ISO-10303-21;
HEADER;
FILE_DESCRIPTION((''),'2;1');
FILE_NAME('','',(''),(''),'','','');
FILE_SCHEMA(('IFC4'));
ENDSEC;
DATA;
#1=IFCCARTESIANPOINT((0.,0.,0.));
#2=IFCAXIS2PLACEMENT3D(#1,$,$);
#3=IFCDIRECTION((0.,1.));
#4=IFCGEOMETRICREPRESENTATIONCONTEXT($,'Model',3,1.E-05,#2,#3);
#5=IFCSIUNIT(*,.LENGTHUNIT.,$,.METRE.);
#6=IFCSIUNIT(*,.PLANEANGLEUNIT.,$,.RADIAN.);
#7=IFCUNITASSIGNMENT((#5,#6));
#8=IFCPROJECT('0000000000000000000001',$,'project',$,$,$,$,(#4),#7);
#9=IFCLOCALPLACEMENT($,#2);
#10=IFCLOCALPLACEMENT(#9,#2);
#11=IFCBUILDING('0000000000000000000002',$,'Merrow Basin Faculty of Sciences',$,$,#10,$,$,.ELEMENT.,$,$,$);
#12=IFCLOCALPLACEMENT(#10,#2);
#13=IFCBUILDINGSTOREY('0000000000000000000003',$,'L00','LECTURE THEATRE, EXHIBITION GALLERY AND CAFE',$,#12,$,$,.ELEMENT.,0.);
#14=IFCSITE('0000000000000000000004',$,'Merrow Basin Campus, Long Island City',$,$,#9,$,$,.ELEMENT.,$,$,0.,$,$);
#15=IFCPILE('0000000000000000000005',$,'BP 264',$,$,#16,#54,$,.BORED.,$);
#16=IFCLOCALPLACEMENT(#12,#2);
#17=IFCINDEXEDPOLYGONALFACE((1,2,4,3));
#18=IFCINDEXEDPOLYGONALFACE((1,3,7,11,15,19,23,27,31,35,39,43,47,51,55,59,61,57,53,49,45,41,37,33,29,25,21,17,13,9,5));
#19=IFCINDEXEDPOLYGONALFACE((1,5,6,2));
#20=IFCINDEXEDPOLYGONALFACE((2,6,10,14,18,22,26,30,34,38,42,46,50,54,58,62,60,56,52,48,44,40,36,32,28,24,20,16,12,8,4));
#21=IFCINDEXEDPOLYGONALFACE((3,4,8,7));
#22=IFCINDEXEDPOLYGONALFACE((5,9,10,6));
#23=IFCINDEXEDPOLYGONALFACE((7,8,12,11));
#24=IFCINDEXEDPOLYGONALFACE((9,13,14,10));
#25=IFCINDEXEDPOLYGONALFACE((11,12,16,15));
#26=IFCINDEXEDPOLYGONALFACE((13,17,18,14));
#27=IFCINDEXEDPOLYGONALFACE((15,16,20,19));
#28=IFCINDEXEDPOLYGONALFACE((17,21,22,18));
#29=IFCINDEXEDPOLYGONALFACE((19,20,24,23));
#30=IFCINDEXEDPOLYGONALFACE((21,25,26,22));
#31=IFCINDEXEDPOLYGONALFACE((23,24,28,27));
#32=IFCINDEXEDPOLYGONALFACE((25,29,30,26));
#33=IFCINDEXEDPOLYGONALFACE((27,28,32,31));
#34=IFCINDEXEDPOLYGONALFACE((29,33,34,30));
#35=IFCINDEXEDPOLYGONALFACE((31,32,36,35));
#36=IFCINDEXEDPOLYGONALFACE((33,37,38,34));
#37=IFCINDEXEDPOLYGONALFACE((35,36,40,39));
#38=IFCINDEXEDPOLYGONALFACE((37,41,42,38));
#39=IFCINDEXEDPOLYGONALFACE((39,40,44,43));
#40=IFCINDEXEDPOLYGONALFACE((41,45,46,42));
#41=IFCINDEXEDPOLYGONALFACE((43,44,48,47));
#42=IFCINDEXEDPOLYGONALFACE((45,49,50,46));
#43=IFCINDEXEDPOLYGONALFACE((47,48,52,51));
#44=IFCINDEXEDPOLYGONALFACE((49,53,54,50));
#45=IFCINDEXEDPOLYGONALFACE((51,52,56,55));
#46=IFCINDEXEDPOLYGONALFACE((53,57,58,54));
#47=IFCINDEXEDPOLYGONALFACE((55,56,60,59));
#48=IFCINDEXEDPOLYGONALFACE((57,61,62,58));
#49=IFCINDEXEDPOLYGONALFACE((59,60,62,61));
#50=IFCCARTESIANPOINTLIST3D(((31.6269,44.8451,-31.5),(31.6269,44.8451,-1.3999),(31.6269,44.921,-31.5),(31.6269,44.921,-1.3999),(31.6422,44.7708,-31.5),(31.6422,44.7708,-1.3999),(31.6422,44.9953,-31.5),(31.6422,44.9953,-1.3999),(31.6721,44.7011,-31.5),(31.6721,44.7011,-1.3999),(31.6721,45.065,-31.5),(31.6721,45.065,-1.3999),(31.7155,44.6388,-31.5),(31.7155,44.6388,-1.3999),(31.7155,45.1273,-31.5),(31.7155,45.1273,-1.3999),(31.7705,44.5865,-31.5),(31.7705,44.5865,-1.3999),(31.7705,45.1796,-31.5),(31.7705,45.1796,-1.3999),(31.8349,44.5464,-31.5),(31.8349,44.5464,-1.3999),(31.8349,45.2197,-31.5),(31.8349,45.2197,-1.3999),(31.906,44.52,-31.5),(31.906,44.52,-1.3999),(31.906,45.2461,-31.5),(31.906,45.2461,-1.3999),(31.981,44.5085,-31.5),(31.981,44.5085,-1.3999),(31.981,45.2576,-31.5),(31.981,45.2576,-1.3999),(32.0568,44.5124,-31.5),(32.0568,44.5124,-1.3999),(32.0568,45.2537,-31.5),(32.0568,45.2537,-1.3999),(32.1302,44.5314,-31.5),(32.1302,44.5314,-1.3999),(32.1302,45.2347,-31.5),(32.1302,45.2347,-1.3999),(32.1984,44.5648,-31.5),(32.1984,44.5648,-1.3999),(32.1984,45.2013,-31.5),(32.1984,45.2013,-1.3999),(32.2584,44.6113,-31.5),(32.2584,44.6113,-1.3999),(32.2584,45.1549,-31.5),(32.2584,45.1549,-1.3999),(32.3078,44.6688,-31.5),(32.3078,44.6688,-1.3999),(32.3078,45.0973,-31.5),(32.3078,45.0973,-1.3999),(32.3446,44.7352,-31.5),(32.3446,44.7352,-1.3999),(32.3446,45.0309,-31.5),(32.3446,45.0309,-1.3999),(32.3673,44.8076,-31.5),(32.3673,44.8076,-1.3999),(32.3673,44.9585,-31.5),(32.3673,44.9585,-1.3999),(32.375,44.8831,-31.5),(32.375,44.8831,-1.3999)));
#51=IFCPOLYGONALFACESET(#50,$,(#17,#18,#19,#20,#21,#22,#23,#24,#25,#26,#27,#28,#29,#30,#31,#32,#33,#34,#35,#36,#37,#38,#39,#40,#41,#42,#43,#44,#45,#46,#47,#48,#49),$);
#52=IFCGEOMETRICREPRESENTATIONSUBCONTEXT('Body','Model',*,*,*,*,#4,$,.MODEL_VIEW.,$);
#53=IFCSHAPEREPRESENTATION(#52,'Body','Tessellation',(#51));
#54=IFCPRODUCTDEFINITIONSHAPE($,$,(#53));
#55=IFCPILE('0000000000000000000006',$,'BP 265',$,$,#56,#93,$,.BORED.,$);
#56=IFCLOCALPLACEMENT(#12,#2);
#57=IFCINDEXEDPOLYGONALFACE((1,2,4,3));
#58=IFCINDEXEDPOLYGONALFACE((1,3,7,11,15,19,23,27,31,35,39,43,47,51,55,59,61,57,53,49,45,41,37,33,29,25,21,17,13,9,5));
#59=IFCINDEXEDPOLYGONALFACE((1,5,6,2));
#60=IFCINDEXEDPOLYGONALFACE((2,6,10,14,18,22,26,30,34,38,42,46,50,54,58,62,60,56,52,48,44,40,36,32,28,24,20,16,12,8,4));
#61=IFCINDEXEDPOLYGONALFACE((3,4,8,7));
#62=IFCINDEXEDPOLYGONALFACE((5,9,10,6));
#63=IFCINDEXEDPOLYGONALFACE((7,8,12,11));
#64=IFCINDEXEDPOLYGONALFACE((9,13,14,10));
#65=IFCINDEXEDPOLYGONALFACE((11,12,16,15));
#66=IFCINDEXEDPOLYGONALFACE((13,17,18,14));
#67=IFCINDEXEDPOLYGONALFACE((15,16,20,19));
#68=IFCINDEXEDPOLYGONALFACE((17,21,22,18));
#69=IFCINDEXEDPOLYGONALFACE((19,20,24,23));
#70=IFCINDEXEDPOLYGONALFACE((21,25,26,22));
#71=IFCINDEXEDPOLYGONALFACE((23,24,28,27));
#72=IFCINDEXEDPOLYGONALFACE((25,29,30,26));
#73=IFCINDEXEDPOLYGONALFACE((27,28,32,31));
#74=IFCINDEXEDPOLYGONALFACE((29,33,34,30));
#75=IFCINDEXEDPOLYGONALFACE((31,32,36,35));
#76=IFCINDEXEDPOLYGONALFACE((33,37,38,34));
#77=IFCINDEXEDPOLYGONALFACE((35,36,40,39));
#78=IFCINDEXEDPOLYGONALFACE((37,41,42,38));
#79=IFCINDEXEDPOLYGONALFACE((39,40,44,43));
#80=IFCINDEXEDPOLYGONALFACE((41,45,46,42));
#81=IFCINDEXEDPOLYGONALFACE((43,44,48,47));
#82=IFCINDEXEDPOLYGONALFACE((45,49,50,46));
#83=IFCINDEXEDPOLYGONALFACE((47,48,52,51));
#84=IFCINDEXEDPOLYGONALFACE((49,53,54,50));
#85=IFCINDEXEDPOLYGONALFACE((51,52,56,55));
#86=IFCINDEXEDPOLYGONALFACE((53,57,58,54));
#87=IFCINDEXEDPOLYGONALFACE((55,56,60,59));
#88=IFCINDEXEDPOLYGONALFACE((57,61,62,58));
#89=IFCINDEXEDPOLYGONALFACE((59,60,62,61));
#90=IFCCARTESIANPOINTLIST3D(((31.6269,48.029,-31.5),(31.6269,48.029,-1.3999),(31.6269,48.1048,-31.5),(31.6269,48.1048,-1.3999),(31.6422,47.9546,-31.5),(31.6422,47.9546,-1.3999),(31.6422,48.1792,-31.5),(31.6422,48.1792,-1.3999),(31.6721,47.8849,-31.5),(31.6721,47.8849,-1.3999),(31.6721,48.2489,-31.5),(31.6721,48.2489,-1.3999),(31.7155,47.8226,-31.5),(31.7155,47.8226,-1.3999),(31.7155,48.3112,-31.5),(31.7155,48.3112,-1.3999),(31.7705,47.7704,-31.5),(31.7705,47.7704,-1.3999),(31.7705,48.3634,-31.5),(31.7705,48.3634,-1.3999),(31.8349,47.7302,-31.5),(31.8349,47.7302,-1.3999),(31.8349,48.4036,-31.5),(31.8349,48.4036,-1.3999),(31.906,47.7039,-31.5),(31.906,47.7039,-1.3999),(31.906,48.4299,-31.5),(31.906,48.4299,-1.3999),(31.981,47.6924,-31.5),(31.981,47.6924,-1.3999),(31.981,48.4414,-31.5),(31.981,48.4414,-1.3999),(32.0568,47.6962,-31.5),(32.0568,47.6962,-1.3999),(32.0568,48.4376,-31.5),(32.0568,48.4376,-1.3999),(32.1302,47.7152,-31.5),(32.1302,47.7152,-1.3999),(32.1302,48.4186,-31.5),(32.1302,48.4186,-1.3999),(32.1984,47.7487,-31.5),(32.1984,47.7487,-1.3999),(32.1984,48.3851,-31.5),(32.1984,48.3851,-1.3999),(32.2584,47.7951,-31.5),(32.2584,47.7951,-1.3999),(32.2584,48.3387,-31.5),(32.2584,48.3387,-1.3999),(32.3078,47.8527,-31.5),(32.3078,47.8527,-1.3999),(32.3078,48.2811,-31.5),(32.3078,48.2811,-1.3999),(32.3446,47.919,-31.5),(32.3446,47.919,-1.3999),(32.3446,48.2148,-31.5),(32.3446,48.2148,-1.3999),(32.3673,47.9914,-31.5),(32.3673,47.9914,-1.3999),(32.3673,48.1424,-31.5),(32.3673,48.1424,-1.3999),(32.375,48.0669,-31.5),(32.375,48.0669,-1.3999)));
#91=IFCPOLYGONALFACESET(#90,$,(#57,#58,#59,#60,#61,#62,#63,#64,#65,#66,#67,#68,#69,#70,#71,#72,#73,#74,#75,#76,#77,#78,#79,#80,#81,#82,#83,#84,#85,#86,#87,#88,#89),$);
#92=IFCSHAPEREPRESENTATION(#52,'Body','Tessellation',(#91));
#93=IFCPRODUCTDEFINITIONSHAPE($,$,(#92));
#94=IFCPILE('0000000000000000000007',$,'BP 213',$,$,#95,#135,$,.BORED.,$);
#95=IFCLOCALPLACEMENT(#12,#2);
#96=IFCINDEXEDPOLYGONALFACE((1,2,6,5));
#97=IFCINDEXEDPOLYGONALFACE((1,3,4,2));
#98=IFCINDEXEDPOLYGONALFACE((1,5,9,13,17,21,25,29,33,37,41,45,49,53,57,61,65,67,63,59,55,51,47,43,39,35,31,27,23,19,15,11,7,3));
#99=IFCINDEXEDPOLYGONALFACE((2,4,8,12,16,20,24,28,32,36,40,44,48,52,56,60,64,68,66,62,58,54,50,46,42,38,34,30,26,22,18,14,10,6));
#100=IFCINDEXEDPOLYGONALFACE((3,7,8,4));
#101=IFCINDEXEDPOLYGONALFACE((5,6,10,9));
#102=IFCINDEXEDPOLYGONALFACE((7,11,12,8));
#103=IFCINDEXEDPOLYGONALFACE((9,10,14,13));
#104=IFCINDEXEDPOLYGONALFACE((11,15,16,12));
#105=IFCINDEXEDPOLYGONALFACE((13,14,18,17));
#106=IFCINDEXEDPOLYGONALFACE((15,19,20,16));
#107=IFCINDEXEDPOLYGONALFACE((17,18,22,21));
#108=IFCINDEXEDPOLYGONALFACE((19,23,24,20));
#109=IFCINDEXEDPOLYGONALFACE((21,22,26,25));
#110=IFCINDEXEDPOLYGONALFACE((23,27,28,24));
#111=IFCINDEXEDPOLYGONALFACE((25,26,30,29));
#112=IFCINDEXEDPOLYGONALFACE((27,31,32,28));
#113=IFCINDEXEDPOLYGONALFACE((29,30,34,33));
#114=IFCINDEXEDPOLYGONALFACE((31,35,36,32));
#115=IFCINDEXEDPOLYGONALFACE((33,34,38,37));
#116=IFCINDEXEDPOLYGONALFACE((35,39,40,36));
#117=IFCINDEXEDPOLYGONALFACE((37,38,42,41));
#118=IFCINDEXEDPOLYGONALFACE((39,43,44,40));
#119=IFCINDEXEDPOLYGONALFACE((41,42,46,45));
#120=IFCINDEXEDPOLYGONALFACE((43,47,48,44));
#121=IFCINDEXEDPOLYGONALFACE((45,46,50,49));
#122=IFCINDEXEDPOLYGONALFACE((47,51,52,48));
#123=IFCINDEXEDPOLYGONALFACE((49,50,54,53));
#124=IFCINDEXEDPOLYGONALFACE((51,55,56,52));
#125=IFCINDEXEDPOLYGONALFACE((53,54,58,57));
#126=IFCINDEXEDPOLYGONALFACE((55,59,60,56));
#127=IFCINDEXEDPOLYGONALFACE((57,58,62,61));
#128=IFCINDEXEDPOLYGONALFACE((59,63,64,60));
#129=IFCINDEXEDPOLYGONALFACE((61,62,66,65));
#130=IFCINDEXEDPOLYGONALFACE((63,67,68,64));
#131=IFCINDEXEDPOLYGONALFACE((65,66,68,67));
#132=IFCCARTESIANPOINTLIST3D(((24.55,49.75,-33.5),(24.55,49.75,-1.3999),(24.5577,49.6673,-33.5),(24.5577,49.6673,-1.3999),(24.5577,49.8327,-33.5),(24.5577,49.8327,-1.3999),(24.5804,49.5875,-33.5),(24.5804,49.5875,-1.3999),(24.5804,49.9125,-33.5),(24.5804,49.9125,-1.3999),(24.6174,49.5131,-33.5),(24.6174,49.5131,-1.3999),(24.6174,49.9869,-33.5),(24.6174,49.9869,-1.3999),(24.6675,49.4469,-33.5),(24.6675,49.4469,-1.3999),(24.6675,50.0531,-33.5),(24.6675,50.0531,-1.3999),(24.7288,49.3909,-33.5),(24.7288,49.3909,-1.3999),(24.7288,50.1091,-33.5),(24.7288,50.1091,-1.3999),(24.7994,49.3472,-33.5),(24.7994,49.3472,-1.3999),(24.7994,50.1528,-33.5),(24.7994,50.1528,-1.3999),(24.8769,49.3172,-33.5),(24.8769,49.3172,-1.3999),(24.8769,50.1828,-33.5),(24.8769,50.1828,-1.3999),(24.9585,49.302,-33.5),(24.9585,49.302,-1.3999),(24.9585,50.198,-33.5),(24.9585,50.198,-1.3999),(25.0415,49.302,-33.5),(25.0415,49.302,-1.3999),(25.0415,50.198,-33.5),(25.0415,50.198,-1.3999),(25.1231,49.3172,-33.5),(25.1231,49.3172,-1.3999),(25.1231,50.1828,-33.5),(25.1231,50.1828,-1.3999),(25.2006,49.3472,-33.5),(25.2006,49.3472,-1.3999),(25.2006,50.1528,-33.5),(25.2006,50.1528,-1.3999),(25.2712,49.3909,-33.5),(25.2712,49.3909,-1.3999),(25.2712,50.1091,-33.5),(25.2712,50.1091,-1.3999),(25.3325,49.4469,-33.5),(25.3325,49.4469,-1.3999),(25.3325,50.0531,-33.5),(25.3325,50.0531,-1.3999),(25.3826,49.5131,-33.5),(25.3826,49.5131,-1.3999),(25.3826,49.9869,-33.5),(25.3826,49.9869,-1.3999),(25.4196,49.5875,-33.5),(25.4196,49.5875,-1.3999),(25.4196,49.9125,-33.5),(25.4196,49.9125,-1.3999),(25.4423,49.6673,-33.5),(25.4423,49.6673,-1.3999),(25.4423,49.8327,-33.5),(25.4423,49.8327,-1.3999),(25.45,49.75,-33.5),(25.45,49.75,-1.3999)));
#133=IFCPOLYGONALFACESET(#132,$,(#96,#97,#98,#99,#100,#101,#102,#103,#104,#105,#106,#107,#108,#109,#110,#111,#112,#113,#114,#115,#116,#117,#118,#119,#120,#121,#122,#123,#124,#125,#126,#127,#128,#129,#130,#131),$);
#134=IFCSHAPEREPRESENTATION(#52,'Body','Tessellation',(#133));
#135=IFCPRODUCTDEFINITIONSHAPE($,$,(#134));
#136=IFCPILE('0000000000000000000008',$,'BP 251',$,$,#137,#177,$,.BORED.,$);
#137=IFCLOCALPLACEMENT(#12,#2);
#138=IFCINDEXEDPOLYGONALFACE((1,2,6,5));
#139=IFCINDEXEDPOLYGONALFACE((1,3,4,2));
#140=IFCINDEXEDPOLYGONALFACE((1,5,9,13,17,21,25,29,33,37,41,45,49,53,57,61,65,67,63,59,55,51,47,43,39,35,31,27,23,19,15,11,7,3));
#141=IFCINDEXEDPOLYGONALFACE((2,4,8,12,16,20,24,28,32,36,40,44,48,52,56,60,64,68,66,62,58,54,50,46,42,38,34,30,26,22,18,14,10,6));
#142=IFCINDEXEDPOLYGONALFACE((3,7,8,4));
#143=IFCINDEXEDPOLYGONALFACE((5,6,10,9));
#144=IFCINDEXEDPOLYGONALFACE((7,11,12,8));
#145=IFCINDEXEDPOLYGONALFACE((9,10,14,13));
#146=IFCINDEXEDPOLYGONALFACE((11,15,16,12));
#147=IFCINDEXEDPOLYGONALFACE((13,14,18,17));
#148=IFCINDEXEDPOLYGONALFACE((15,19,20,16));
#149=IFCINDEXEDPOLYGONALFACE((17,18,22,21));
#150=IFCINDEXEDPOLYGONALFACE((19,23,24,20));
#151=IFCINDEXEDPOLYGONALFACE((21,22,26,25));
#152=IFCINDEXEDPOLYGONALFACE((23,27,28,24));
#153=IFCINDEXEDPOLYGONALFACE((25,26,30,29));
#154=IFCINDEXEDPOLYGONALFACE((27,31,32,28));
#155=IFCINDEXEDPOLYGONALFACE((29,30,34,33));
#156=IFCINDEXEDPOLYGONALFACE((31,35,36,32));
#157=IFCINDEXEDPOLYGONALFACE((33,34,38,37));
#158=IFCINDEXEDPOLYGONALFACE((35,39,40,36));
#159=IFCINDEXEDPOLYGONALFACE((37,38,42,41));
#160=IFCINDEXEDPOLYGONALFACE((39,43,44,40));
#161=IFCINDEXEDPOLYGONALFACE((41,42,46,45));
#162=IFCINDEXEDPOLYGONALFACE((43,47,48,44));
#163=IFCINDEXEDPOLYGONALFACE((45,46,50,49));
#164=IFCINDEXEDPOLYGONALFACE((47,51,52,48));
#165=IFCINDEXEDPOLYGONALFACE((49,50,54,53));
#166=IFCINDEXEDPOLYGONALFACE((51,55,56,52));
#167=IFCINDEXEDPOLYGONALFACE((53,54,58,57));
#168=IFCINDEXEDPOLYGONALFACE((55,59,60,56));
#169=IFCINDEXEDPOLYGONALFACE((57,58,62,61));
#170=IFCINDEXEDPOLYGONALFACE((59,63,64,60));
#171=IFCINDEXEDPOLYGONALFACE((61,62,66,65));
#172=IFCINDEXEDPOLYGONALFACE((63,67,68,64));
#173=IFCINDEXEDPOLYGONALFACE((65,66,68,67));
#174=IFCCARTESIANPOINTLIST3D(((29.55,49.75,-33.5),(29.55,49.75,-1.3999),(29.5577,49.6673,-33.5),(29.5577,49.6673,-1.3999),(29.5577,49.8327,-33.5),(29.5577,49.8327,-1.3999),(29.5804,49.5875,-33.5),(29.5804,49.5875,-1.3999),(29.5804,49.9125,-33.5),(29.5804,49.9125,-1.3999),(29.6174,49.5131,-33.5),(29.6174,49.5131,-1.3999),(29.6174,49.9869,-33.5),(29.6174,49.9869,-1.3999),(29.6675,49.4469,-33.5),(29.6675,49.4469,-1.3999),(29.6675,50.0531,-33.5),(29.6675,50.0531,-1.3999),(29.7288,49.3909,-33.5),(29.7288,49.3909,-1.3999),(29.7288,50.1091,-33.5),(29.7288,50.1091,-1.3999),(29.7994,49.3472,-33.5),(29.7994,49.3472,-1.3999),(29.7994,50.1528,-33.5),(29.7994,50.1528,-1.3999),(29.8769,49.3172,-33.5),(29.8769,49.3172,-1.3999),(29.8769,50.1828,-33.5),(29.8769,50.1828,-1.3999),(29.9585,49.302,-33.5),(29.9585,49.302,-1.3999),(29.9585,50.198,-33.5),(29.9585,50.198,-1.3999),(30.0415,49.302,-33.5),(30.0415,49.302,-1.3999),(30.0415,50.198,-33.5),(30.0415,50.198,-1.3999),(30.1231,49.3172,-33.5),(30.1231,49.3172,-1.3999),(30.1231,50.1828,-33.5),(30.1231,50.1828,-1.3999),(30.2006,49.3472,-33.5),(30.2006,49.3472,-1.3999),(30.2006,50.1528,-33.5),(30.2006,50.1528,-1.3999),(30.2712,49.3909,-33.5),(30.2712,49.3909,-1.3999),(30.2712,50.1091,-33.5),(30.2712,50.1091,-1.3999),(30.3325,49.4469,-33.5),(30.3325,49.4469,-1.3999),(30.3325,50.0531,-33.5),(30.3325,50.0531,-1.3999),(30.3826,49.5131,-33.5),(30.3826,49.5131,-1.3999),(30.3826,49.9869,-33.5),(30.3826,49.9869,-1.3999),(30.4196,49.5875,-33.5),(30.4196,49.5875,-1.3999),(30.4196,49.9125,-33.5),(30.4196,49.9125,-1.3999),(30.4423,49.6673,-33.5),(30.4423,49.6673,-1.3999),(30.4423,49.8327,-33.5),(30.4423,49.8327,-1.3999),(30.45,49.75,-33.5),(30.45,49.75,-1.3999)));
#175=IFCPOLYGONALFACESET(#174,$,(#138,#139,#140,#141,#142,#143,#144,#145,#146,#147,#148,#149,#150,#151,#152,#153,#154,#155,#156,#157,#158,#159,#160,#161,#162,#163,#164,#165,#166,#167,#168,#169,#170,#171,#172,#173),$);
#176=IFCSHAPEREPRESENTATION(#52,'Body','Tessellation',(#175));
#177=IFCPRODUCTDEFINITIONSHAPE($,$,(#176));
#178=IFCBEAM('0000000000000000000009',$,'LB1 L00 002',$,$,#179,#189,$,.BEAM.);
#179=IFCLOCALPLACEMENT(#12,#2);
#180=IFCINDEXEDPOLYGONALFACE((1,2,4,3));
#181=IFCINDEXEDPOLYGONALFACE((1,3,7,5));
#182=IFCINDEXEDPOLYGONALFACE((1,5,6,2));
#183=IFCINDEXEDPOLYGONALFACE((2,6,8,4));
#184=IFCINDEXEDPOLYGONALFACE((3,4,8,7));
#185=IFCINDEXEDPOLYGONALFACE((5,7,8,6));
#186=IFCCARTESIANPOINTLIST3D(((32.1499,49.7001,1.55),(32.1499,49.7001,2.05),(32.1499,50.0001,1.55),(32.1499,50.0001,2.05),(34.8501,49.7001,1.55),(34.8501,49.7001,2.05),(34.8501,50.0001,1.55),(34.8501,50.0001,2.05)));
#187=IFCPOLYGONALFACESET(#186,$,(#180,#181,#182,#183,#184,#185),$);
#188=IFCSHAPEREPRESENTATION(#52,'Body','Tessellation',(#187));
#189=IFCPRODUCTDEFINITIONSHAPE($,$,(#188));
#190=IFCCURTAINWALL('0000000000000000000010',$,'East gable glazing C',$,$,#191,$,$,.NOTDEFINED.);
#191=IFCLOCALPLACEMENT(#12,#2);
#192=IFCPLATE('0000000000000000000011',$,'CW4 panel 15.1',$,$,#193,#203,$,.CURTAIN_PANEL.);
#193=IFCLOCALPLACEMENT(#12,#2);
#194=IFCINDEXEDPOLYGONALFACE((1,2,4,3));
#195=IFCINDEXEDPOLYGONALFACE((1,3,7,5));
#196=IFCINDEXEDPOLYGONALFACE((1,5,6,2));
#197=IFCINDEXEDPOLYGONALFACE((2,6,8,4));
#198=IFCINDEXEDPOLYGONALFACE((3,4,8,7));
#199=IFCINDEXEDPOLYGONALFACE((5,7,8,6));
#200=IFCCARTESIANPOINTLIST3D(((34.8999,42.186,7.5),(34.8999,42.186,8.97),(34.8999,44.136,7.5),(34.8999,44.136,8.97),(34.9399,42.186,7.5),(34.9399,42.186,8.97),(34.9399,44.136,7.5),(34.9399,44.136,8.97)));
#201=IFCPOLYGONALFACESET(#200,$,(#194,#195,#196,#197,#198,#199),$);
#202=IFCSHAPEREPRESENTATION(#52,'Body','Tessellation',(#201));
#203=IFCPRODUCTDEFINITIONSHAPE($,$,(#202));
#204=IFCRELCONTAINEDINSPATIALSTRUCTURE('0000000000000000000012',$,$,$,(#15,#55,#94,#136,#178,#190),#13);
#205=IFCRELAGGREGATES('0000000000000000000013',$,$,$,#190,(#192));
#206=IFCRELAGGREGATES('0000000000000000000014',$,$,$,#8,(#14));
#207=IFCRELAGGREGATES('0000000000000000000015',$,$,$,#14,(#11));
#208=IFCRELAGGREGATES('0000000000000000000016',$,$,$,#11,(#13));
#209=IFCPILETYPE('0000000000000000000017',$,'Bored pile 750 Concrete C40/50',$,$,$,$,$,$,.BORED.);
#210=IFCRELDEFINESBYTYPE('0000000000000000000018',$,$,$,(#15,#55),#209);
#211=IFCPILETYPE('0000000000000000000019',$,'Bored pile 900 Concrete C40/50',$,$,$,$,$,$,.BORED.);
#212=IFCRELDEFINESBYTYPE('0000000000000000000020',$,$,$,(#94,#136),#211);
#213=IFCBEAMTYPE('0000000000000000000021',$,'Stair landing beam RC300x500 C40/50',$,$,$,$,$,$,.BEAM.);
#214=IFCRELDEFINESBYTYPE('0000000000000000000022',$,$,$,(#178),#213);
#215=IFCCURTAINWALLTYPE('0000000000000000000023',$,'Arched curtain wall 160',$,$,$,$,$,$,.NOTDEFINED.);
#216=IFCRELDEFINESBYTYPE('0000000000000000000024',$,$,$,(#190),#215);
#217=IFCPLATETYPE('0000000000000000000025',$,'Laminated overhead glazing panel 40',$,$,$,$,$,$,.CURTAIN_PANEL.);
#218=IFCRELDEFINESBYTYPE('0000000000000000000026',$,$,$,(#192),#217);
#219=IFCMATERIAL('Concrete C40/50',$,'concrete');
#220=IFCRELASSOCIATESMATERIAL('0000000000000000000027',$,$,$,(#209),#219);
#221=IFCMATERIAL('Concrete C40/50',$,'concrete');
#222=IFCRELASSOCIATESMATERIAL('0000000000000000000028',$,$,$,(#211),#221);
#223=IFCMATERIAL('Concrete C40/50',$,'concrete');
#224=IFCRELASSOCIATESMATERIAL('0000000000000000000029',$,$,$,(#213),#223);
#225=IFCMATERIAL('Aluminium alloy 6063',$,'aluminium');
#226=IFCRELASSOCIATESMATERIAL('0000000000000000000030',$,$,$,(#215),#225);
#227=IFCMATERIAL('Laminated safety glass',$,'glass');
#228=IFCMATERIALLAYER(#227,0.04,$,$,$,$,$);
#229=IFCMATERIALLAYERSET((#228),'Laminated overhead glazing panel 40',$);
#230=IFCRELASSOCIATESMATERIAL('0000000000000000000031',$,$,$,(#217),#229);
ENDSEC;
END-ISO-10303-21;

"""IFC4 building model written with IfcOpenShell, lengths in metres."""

from ifc_helpers import new_model, si_unit, direction, frame, origin, origin_2d, place, context, subcontext, project, spatial, polyline, rectangle, circle, outline, extrude, material, layer, layer_set, material_profile, profile_set, type_object, element, aggregate, save


model = new_model("IFC4")

# Units and contexts
model_context = context("Model", 3, precision=1e-05, world=origin(), true_north=direction((0.0, 1.0)))
body_context = subcontext(model_context, "Body", "Model", "MODEL_VIEW")
ifc_project = project(units=[si_unit("LENGTHUNIT", "METRE"), si_unit("PLANEANGLEUNIT", "RADIAN")], contexts=[model_context])

# Site, building, storey
site_placement = place(None, origin())
site = spatial("IfcSite", under=ifc_project, at=site_placement, Name="Merrow Basin Campus, Long Island City", CompositionType="ELEMENT", RefElevation=0.0)
building_placement = place(site_placement, origin())
building = spatial("IfcBuilding", under=site, at=building_placement, Name="Merrow Basin Faculty of Sciences", CompositionType="ELEMENT")
storey_placement = place(building_placement, origin())
storey = spatial("IfcBuildingStorey", under=building, at=storey_placement, Name="L00", Description="LECTURE THEATRE, EXHIBITION GALLERY AND CAFE", CompositionType="ELEMENT", Elevation=0.0)

# Piles
ifc_material_1 = material(Name="Concrete C40/50", Category="concrete")
ifc_material_profile_1 = material_profile(ifc_material_1, circle(Radius=0.375, at=origin_2d()))
ifc_profile_set_1 = profile_set([ifc_material_profile_1], Name="Concrete C40/50")
pile_type_1 = type_object("IfcPileType", Name="Bored pile 750 Concrete C40/50", PredefinedType="BORED", material=ifc_profile_set_1)
for number, where, z_axis, x_axis, name in (
    (1, (32.0, 44.8831, -1.3999), (0.0, 0.0, -1.0), (1.0, 0.0, 0.0), "BP 264"),
    (2, (32.0, 48.0669, -1.3999), (0.0, 0.0, -1.0), (1.0, 0.0, 0.0), "BP 265"),
):
    element("IfcPile", number, at=place(storey_placement, frame(where, z_axis=z_axis, x_axis=x_axis)), inside=storey, type_object=pile_type_1, Name=name, PredefinedType="BORED", context=body_context, shape_type="SweptSolid", body=[
        extrude(circle(Radius=0.375, at=origin_2d()), origin(), (0.0, 0.0, 1.0), 30.1001),
    ])
ifc_material_2 = material(Name="Concrete C40/50", Category="concrete")
ifc_material_profile_2 = material_profile(ifc_material_2, circle(Radius=0.45, at=origin_2d()))
ifc_profile_set_2 = profile_set([ifc_material_profile_2], Name="Concrete C40/50")
pile_type_2 = type_object("IfcPileType", Name="Bored pile 900 Concrete C40/50", PredefinedType="BORED", material=ifc_profile_set_2)
for number, where, z_axis, x_axis, name in (
    (3, (25.0, 49.75, -1.3999), (0.0, 0.0, -1.0), (1.0, 0.0, 0.0), "BP 213"),
    (4, (30.0, 49.75, -1.3999), (0.0, 0.0, -1.0), (1.0, 0.0, 0.0), "BP 251"),
):
    element("IfcPile", number, at=place(storey_placement, frame(where, z_axis=z_axis, x_axis=x_axis)), inside=storey, type_object=pile_type_2, Name=name, PredefinedType="BORED", context=body_context, shape_type="SweptSolid", body=[
        extrude(circle(Radius=0.45, at=origin_2d()), origin(), (0.0, 0.0, 1.0), 32.1001),
    ])

# Beam
ifc_material_3 = material(Name="Concrete C40/50", Category="concrete")
ifc_material_profile_3 = material_profile(ifc_material_3, rectangle(XDim=0.3, YDim=0.5, at=origin_2d()))
ifc_profile_set_3 = profile_set([ifc_material_profile_3], Name="Concrete C40/50")
beam_type = type_object("IfcBeamType", Name="Stair landing beam RC300x500 C40/50", PredefinedType="BEAM", material=ifc_profile_set_3)
beam_placement = place(storey_placement, frame((32.1499, 49.8501, 1.8), z_axis=(1.0, 0.0, 0.0), x_axis=(0.0, 1.0, 0.0)))
element("IfcBeam", 5, at=beam_placement, inside=storey, type_object=beam_type, Name="LB1 L00 002", PredefinedType="BEAM", context=body_context, shape_type="SweptSolid", body=[
    extrude(rectangle(XDim=0.3, YDim=0.5, at=origin_2d()), origin(), (0.0, 0.0, 1.0), 2.7002),
])

# Curtain wall, plate
ifc_material_4 = material(Name="Aluminium alloy 6063", Category="aluminium")
curtain_wall_type = type_object("IfcCurtainWallType", Name="Arched curtain wall 160", PredefinedType="NOTDEFINED", material=ifc_material_4)
curtain_wall_placement = place(storey_placement, origin())
curtain_wall = element("IfcCurtainWall", 6, at=curtain_wall_placement, inside=storey, type_object=curtain_wall_type, Name="East gable glazing C", PredefinedType="NOTDEFINED")
ifc_material_5 = material(Name="Laminated safety glass", Category="glass")
ifc_layer_1 = layer(ifc_material_5, 0.04)
ifc_layer_set_1 = layer_set([ifc_layer_1], Name="Laminated overhead glazing panel 40")
plate_type = type_object("IfcPlateType", Name="Laminated overhead glazing panel 40", PredefinedType="CURTAIN_PANEL", material=ifc_layer_set_1)
plate_1_placement = place(storey_placement, frame((34.8999, 42.186, 7.5), z_axis=(1.0, 0.0, 0.0), x_axis=(0.0, 1.0, 0.0)))
plate_1 = element("IfcPlate", 7, at=plate_1_placement, type_object=plate_type, Name="CW4 panel 15.1", PredefinedType="CURTAIN_PANEL", context=body_context, shape_type="SweptSolid", body=[
    extrude(outline(polyline([(0.0, 0.0), (1.95, 0.0), (1.95, 1.47), (0.0, 1.47), (0.0, 0.0)])), origin(), (0.0, 0.0, 1.0), 0.04),
])
aggregate(curtain_wall, [plate_1])

save(model, "model.ifc")
